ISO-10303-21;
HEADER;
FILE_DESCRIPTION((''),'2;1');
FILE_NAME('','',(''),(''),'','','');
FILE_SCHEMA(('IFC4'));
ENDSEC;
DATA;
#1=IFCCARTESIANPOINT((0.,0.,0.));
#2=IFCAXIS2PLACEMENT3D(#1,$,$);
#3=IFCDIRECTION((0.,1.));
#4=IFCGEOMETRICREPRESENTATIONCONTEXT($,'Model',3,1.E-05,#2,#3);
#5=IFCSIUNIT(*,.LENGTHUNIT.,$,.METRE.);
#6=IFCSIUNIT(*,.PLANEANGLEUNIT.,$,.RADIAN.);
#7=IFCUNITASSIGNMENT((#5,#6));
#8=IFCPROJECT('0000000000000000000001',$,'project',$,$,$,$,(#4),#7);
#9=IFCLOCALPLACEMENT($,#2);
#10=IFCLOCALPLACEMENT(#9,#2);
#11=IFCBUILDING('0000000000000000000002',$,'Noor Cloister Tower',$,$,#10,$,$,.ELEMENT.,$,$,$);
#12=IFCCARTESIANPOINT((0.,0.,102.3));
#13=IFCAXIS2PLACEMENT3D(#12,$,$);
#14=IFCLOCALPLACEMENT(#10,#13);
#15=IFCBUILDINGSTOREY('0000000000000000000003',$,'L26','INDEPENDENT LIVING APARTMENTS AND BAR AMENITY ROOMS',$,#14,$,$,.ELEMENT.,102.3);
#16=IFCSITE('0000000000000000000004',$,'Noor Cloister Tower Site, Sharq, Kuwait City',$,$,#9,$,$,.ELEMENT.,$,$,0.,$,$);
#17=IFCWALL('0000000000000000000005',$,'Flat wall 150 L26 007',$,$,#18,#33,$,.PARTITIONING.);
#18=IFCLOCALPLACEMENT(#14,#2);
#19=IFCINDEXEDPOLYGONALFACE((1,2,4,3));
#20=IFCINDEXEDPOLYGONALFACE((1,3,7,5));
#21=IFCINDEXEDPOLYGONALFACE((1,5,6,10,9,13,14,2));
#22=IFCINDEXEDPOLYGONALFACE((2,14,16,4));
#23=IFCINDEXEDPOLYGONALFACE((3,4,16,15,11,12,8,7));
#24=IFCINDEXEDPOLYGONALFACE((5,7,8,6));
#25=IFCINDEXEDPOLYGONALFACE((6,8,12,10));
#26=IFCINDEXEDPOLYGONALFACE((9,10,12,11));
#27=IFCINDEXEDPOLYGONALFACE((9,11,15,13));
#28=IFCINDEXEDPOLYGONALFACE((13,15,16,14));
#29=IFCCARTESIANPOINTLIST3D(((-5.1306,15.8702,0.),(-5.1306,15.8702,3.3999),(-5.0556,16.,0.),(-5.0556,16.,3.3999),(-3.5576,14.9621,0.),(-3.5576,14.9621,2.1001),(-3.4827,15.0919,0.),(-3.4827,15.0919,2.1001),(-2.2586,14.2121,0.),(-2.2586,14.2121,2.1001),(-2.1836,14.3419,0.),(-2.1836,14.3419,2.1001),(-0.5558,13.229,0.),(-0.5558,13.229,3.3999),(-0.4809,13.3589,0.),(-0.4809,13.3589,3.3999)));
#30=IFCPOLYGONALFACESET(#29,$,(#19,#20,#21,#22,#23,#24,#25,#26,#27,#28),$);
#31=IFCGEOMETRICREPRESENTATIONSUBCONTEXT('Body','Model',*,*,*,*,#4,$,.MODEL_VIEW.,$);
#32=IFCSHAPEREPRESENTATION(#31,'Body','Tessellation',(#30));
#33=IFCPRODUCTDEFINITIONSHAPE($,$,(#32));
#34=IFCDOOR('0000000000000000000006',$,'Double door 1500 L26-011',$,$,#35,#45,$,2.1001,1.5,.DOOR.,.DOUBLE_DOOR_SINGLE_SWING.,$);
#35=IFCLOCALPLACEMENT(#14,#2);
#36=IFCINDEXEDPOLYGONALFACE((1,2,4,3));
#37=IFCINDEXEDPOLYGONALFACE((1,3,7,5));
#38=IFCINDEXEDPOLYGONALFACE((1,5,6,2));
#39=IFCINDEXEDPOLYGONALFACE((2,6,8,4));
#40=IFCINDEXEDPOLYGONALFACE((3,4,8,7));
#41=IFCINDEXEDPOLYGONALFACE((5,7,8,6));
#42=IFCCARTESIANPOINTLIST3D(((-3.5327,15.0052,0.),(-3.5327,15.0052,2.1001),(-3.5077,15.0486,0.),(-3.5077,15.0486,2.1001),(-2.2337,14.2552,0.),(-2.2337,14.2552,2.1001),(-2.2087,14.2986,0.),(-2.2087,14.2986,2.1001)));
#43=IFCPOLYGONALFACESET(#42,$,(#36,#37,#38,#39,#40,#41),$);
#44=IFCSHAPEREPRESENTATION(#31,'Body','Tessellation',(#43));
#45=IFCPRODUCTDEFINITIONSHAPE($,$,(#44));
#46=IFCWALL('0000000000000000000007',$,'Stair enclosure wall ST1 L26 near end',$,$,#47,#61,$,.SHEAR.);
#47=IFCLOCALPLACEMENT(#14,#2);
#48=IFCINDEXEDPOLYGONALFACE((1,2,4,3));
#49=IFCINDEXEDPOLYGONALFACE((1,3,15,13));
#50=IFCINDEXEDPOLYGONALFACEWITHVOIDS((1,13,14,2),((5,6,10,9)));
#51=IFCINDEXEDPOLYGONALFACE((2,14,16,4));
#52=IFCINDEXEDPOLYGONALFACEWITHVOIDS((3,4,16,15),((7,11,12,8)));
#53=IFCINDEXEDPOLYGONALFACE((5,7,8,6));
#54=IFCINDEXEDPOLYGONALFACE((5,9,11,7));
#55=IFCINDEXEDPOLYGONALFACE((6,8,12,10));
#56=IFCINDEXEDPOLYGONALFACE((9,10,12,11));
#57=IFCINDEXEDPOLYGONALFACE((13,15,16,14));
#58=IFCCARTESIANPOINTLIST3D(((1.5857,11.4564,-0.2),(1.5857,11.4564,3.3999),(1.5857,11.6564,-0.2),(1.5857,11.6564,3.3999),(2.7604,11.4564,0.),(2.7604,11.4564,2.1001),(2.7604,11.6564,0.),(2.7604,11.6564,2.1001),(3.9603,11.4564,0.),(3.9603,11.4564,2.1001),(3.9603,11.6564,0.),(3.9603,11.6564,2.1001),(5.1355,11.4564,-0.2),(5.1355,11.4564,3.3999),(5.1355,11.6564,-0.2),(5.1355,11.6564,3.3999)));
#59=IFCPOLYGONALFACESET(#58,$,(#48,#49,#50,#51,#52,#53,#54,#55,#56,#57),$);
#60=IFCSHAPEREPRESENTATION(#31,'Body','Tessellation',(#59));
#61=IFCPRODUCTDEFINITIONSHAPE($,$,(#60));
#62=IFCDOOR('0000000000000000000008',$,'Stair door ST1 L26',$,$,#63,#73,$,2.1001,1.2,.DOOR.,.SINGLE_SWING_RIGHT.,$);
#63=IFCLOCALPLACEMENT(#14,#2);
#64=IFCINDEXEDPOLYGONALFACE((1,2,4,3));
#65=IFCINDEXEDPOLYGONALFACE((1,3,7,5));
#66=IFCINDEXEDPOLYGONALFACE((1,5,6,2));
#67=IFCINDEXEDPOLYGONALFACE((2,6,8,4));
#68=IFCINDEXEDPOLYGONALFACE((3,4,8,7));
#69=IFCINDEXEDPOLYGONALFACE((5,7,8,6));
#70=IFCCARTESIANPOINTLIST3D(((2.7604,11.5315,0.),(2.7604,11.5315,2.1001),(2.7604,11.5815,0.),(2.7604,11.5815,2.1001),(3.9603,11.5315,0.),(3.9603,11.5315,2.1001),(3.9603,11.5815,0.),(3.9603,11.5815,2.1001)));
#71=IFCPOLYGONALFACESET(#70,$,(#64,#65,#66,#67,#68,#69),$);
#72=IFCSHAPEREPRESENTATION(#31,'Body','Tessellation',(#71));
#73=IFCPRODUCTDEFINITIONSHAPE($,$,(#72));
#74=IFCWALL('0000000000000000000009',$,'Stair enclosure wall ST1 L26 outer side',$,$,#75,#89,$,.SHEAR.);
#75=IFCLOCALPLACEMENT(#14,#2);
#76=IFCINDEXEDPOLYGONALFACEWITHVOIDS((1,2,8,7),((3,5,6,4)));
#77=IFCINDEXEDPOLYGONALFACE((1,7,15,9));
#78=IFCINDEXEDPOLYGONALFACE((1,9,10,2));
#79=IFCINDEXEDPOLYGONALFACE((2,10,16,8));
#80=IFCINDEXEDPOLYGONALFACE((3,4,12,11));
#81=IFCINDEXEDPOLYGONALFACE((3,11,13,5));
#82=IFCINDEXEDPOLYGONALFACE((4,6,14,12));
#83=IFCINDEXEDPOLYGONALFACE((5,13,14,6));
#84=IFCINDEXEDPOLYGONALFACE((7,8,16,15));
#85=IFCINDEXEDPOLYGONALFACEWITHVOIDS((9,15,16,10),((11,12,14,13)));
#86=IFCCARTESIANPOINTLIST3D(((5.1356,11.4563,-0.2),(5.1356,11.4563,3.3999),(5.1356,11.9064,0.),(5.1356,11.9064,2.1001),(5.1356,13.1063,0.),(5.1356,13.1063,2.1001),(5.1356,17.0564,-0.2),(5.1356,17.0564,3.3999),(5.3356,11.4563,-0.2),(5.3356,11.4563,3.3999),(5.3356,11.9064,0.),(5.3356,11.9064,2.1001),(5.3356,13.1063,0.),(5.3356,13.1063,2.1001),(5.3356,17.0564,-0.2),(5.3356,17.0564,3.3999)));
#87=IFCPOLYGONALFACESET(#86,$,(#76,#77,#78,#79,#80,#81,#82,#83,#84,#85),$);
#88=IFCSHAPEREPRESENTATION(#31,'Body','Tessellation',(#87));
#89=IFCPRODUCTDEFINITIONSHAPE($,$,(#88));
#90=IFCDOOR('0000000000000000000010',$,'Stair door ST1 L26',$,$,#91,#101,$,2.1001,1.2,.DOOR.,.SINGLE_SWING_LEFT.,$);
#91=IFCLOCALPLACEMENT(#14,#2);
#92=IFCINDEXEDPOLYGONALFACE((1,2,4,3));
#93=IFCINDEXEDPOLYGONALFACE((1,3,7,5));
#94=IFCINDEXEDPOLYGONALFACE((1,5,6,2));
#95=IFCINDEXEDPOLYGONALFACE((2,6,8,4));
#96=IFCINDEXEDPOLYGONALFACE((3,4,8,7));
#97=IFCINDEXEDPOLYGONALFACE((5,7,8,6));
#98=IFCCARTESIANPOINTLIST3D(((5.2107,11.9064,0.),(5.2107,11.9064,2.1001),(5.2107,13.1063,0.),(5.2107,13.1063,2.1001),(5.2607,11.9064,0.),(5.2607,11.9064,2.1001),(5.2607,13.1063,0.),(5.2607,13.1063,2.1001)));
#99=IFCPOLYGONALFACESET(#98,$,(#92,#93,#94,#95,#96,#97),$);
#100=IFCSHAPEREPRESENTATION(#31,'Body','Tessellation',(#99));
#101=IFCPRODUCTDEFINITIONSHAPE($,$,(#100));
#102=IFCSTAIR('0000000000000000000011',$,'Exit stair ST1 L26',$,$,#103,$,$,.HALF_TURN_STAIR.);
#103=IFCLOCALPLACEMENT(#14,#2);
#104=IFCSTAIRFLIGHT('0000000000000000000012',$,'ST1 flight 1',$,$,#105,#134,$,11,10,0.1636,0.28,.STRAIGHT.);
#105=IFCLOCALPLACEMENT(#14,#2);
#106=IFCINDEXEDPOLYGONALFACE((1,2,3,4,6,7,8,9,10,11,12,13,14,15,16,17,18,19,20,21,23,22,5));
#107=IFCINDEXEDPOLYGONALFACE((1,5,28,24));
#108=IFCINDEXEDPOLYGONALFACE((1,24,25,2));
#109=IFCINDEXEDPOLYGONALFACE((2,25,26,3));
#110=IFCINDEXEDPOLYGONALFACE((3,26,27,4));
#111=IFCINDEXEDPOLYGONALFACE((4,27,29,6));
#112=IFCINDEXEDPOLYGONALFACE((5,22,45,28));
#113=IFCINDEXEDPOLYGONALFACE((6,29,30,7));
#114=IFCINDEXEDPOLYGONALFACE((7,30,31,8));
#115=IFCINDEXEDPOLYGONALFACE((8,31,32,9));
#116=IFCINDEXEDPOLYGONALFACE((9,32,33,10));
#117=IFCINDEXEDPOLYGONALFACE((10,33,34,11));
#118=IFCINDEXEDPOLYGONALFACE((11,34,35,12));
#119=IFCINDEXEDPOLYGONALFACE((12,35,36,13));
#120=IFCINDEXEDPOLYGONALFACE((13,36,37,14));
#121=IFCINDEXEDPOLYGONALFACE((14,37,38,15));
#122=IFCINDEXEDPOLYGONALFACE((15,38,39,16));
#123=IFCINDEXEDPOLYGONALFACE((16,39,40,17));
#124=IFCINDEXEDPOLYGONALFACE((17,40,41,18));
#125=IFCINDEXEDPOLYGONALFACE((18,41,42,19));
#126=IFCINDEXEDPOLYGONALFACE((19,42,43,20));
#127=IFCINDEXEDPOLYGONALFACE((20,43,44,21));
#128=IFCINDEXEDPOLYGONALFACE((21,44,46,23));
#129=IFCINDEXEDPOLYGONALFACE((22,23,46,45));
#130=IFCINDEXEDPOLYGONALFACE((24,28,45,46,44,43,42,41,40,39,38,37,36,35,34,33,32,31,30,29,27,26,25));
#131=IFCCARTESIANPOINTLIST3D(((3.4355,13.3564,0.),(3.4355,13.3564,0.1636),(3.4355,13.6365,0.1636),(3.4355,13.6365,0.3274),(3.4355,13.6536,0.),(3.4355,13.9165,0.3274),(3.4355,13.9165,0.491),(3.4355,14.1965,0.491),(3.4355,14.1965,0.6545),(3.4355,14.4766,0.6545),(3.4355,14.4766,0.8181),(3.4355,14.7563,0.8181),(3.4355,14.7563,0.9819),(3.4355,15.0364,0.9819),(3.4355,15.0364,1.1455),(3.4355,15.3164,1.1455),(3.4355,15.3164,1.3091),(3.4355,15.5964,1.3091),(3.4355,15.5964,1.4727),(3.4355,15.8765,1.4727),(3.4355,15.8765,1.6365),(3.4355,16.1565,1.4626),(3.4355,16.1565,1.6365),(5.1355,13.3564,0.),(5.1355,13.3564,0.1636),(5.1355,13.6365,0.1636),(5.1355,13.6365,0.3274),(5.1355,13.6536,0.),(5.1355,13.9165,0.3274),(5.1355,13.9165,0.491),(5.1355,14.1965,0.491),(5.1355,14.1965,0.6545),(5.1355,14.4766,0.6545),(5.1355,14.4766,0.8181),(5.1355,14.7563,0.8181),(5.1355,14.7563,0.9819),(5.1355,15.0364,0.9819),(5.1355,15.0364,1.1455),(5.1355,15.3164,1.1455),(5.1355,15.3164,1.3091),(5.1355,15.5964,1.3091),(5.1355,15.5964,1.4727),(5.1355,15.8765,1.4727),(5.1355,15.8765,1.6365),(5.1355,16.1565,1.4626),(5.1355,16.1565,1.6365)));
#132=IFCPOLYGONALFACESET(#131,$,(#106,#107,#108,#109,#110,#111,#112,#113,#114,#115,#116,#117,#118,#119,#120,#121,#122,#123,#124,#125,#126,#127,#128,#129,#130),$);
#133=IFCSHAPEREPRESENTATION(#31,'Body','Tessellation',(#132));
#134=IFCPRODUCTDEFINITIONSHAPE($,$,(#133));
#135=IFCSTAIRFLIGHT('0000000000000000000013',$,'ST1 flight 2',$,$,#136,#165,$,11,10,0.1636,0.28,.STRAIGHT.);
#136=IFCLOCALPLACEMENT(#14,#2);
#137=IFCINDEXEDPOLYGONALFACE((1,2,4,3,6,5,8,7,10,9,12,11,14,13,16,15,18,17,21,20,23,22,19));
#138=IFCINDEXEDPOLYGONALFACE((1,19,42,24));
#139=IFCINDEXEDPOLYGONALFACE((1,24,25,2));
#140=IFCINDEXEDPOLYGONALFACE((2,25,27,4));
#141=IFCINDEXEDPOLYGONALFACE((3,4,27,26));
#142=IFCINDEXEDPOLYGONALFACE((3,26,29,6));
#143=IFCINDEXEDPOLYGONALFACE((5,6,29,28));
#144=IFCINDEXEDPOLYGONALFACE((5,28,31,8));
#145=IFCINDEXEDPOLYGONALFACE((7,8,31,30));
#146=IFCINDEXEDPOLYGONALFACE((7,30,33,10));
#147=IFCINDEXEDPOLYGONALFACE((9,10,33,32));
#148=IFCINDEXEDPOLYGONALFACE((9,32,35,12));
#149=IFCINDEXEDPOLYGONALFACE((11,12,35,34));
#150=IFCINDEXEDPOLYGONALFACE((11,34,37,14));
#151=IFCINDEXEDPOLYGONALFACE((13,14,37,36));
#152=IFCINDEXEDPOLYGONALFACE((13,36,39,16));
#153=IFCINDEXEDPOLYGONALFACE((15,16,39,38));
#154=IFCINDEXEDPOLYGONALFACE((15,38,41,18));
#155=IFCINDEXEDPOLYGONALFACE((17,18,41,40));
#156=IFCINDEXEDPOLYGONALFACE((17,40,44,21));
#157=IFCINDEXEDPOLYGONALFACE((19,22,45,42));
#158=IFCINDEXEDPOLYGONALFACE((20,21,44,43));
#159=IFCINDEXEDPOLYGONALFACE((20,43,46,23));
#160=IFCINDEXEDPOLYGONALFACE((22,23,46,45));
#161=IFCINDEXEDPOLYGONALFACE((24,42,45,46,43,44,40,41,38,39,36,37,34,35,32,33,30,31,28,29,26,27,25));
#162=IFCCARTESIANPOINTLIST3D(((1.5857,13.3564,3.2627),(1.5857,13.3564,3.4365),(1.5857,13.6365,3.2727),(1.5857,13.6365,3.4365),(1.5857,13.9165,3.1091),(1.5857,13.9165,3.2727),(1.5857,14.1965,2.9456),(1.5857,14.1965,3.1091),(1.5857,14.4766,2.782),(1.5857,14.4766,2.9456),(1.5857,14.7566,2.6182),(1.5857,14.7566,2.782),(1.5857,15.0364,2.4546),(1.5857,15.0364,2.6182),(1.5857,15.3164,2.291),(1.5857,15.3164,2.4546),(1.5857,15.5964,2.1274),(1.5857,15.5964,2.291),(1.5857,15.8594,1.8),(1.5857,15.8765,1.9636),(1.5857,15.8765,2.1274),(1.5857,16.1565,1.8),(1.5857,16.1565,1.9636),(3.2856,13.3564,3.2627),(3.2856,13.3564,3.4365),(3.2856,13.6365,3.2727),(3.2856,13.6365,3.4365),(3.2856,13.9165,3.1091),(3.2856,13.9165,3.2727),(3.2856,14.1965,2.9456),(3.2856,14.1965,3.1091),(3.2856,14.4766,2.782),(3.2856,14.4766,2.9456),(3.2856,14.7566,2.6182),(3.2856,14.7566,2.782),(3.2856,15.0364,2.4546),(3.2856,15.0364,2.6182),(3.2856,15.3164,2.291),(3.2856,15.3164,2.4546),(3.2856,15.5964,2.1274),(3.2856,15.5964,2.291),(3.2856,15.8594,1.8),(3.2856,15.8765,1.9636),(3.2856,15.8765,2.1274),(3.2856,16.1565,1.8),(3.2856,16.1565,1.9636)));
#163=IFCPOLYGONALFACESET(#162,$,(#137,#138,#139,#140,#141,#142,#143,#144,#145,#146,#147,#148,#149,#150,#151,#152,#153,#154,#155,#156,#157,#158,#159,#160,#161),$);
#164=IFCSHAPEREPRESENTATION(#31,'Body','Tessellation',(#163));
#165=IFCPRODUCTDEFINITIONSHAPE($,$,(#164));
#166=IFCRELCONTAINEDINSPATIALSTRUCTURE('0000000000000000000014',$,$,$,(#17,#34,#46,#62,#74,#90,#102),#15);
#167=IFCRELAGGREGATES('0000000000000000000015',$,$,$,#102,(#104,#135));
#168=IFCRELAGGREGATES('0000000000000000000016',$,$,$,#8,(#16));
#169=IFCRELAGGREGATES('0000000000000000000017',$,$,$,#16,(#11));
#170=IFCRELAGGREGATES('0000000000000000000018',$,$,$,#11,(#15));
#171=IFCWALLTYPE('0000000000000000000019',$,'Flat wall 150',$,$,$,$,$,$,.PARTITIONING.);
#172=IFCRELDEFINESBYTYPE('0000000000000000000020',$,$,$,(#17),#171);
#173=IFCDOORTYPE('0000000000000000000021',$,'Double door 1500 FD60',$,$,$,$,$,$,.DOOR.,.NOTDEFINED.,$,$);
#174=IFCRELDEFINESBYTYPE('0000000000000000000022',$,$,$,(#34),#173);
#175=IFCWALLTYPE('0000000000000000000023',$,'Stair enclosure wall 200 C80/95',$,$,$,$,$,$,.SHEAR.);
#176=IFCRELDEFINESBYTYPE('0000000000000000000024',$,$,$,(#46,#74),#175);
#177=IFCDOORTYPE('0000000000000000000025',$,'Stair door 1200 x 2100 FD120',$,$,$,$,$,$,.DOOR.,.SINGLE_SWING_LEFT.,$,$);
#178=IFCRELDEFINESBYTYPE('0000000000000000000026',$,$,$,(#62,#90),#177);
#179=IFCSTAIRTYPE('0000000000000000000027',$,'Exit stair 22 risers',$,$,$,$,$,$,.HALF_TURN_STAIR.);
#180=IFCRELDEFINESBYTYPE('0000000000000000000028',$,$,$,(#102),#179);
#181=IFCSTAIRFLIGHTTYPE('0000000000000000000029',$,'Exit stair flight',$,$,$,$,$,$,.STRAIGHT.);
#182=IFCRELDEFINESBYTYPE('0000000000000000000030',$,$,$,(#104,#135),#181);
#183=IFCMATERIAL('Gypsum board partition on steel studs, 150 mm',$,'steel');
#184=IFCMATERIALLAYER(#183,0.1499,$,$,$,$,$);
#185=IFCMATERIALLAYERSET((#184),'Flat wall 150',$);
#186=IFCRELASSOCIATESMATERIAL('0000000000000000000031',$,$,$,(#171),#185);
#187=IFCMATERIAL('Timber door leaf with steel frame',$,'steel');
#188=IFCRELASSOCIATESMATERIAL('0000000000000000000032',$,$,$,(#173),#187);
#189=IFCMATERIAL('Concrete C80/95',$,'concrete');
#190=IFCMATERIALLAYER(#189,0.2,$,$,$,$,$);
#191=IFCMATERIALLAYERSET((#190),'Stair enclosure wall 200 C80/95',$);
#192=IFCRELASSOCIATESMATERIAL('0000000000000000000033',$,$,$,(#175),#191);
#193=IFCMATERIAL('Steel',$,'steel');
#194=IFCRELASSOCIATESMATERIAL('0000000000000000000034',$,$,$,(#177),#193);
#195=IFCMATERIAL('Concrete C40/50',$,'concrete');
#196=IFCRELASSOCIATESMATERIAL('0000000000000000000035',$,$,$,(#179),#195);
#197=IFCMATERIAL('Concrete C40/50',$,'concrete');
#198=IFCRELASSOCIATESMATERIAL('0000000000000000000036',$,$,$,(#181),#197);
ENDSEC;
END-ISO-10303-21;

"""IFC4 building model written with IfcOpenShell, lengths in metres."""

from ifc_helpers import new_model, si_unit, direction, frame, frame_2d, origin, place, context, subcontext, project, spatial, polyline, rectangle, outline, extrude, material, layer, layer_set, type_object, element, fill, aggregate, save


model = new_model("IFC4")

# Units and contexts
model_context = context("Model", 3, precision=1e-05, world=origin(), true_north=direction((0.0, 1.0)))
body_context = subcontext(model_context, "Body", "Model", "MODEL_VIEW")
ifc_project = project(units=[si_unit("LENGTHUNIT", "METRE"), si_unit("PLANEANGLEUNIT", "RADIAN")], contexts=[model_context])

# Site, building, storey
site_placement = place(None, origin())
site = spatial("IfcSite", under=ifc_project, at=site_placement, Name="Noor Cloister Tower Site, Sharq, Kuwait City", CompositionType="ELEMENT", RefElevation=0.0)
building_placement = place(site_placement, origin())
building = spatial("IfcBuilding", under=site, at=building_placement, Name="Noor Cloister Tower", CompositionType="ELEMENT")
storey_placement = place(building_placement, frame((0.0, 0.0, 102.3)))
storey = spatial("IfcBuildingStorey", under=building, at=storey_placement, Name="L26", Description="INDEPENDENT LIVING APARTMENTS AND BAR AMENITY ROOMS", CompositionType="ELEMENT", Elevation=102.3)

# Walls, openings, doors
ifc_material_1 = material(Name="Gypsum board partition on steel studs, 150 mm", Category="steel")
ifc_layer_1 = layer(ifc_material_1, 0.1499)
ifc_layer_set_1 = layer_set([ifc_layer_1], Name="Flat wall 150")
wall_type_1 = type_object("IfcWallType", Name="Flat wall 150", PredefinedType="PARTITIONING", material=ifc_layer_set_1)
wall_1_placement = place(storey_placement, frame((-5.093, 15.9351, 0.0), z_axis=(0.0, 0.0, 1.0), x_axis=(0.866033, -0.499987, 0.0)))
wall_1 = element("IfcWall", 1, at=wall_1_placement, inside=storey, type_object=wall_type_1, Name="Flat wall 150 L26 007", PredefinedType="PARTITIONING", context=body_context, shape_type="SweptSolid", body=[
    extrude(rectangle(XDim=5.2825, YDim=0.1499, at=frame_2d((2.6411, 0.0))), origin(), (0.0, 0.0, 1.0), 3.3999),
])
opening_1_placement = place(wall_1_placement, frame((1.8162, 0.0, 0.0)))
opening_1 = element("IfcOpeningElement", 2, at=opening_1_placement, cuts=wall_1, PredefinedType="OPENING", context=body_context, shape_type="SweptSolid", body=[
    extrude(rectangle(XDim=1.5, YDim=2.1001, at=frame_2d((0.75, 1.05))), frame((0.0, 0.085, 0.0), z_axis=(0.0, -1.0, 0.0), x_axis=(1.0, 0.0, 0.0)), (0.0, 0.0, 1.0), 0.1699),
])
ifc_material_2 = material(Name="Timber door leaf with steel frame", Category="steel")
door_type_1 = type_object("IfcDoorType", Name="Double door 1500 FD60", OperationType="NOTDEFINED", PredefinedType="DOOR", material=ifc_material_2)
door_1_placement = place(opening_1_placement, origin())
door_1 = element("IfcDoor", 3, at=door_1_placement, inside=storey, type_object=door_type_1, Name="Double door 1500 L26-011", OperationType="DOUBLE_DOOR_SINGLE_SWING", OverallHeight=2.1001, OverallWidth=1.5, PredefinedType="DOOR", context=body_context, shape_type="SweptSolid", body=[
    extrude(rectangle(XDim=1.5, YDim=2.1001, at=frame_2d((0.75, 1.05))), frame((0.0, 0.0249, 0.0), z_axis=(0.0, -1.0, 0.0), x_axis=(1.0, 0.0, 0.0)), (0.0, 0.0, 1.0), 0.05),
])
fill(opening_1, door_1)
ifc_material_3 = material(Name="Concrete C80/95", Category="concrete")
ifc_layer_2 = layer(ifc_material_3, 0.2)
ifc_layer_set_2 = layer_set([ifc_layer_2], Name="Stair enclosure wall 200 C80/95")
wall_type_2 = type_object("IfcWallType", Name="Stair enclosure wall 200 C80/95", PredefinedType="SHEAR", material=ifc_layer_set_2)
wall_2_placement = place(storey_placement, frame((5.1355, 11.5564, -0.2), z_axis=(0.0, 0.0, 1.0), x_axis=(-1.0, 0.0, 0.0)))
wall_2 = element("IfcWall", 4, at=wall_2_placement, inside=storey, type_object=wall_type_2, Name="Stair enclosure wall ST1 L26 near end", PredefinedType="SHEAR", context=body_context, shape_type="SweptSolid", body=[
    extrude(rectangle(XDim=3.5498, YDim=0.2, at=frame_2d((1.7749, 0.0))), origin(), (0.0, 0.0, 1.0), 3.5999),
])
opening_2_placement = place(wall_2_placement, frame((1.175, 0.0, 0.2)))
opening_2 = element("IfcOpeningElement", 5, at=opening_2_placement, cuts=wall_2, PredefinedType="OPENING", context=body_context, shape_type="SweptSolid", body=[
    extrude(rectangle(XDim=1.2, YDim=2.1001, at=frame_2d((0.6001, 1.05))), frame((0.0, 0.1099, 0.0), z_axis=(0.0, -1.0, 0.0), x_axis=(1.0, 0.0, 0.0)), (0.0, 0.0, 1.0), 0.22),
])
ifc_material_4 = material(Name="Steel", Category="steel")
door_type_2 = type_object("IfcDoorType", Name="Stair door 1200 x 2100 FD120", OperationType="SINGLE_SWING_LEFT", PredefinedType="DOOR", material=ifc_material_4)
door_2_placement = place(opening_2_placement, origin())
door_2 = element("IfcDoor", 6, at=door_2_placement, inside=storey, type_object=door_type_2, Name="Stair door ST1 L26", OperationType="SINGLE_SWING_RIGHT", OverallHeight=2.1001, OverallWidth=1.2, PredefinedType="DOOR", context=body_context, shape_type="SweptSolid", body=[
    extrude(rectangle(XDim=1.2, YDim=2.1001, at=frame_2d((0.6001, 1.05))), frame((0.0, 0.0249, 0.0), z_axis=(0.0, -1.0, 0.0), x_axis=(1.0, 0.0, 0.0)), (0.0, 0.0, 1.0), 0.05),
])
fill(opening_2, door_2)
wall_3_placement = place(storey_placement, frame((5.2356, 11.4563, -0.2), z_axis=(0.0, 0.0, 1.0), x_axis=(0.0, 1.0, 0.0)))
wall_3 = element("IfcWall", 7, at=wall_3_placement, inside=storey, type_object=wall_type_2, Name="Stair enclosure wall ST1 L26 outer side", PredefinedType="SHEAR", context=body_context, shape_type="SweptSolid", body=[
    extrude(rectangle(XDim=5.6001, YDim=0.2, at=frame_2d((2.8, 0.0))), origin(), (0.0, 0.0, 1.0), 3.5999),
])
opening_3_placement = place(wall_3_placement, frame((0.45, 0.0, 0.2)))
opening_3 = element("IfcOpeningElement", 8, at=opening_3_placement, cuts=wall_3, PredefinedType="OPENING", context=body_context, shape_type="SweptSolid", body=[
    extrude(rectangle(XDim=1.2, YDim=2.1001, at=frame_2d((0.6001, 1.05))), frame((0.0, 0.1099, 0.0), z_axis=(0.0, -1.0, 0.0), x_axis=(1.0, 0.0, 0.0)), (0.0, 0.0, 1.0), 0.22),
])
door_3_placement = place(opening_3_placement, origin())
door_3 = element("IfcDoor", 9, at=door_3_placement, inside=storey, type_object=door_type_2, Name="Stair door ST1 L26", OperationType="SINGLE_SWING_LEFT", OverallHeight=2.1001, OverallWidth=1.2, PredefinedType="DOOR", context=body_context, shape_type="SweptSolid", body=[
    extrude(rectangle(XDim=1.2, YDim=2.1001, at=frame_2d((0.6001, 1.05))), frame((0.0, 0.0249, 0.0), z_axis=(0.0, -1.0, 0.0), x_axis=(1.0, 0.0, 0.0)), (0.0, 0.0, 1.0), 0.05),
])
fill(opening_3, door_3)

# Stair, stair flights
ifc_material_5 = material(Name="Concrete C40/50", Category="concrete")
stair_type = type_object("IfcStairType", Name="Exit stair 22 risers", PredefinedType="HALF_TURN_STAIR", material=ifc_material_5)
stair_placement = place(storey_placement, origin())
stair = element("IfcStair", 10, at=stair_placement, inside=storey, type_object=stair_type, Name="Exit stair ST1 L26", PredefinedType="HALF_TURN_STAIR")
ifc_material_6 = material(Name="Concrete C40/50", Category="concrete")
stair_flight_type = type_object("IfcStairFlightType", Name="Exit stair flight", PredefinedType="STRAIGHT", material=ifc_material_6)
stair_flight_1_placement = place(storey_placement, frame((4.2856, 13.3564, 0.0), z_axis=(0.0, 0.0, 1.0), x_axis=(0.0, 1.0, 0.0)))
stair_flight_1 = element("IfcStairFlight", 11, at=stair_flight_1_placement, type_object=stair_flight_type, Name="ST1 flight 1", NumberOfRisers=11, NumberOfTreads=10, PredefinedType="STRAIGHT", RiserHeight=0.1636, TreadLength=0.28, context=body_context, shape_type="SweptSolid", body=[
    extrude(outline(polyline([(0.0, 0.0), (0.0, 0.1636), (0.28, 0.1636), (0.28, 0.3274), (0.5601, 0.3274), (0.5601, 0.491), (0.8401, 0.491), (0.8401, 0.6545), (1.1201, 0.6545), (1.1201, 0.8181), (1.3999, 0.8181), (1.3999, 0.9819), (1.6799, 0.9819), (1.6799, 1.1455), (1.96, 1.1455), (1.96, 1.3091), (2.24, 1.3091), (2.24, 1.4727), (2.52, 1.4727), (2.52, 1.6365), (2.8, 1.6365), (2.8, 1.8), (2.8, 1.4626), (0.2971, 0.0), (0.0, 0.0)])), frame((0.0, 0.8501, 0.0), z_axis=(0.0, -1.0, 0.0), x_axis=(1.0, 0.0, 0.0)), (0.0, 0.0, 1.0), 1.7),
])
stair_flight_2_placement = place(storey_placement, frame((2.4355, 16.1565, 1.8), z_axis=(0.0, 0.0, 1.0), x_axis=(0.0, -1.0, 0.0)))
stair_flight_2 = element("IfcStairFlight", 12, at=stair_flight_2_placement, type_object=stair_flight_type, Name="ST1 flight 2", NumberOfRisers=11, NumberOfTreads=10, PredefinedType="STRAIGHT", RiserHeight=0.1636, TreadLength=0.28, context=body_context, shape_type="SweptSolid", body=[
    extrude(outline(polyline([(0.0, 0.0), (0.0, 0.1636), (0.28, 0.1636), (0.28, 0.3274), (0.5601, 0.3274), (0.5601, 0.491), (0.8401, 0.491), (0.8401, 0.6545), (1.1201, 0.6545), (1.1201, 0.8181), (1.3999, 0.8181), (1.3999, 0.9819), (1.6799, 0.9819), (1.6799, 1.1455), (1.96, 1.1455), (1.96, 1.3091), (2.24, 1.3091), (2.24, 1.4727), (2.52, 1.4727), (2.52, 1.6365), (2.8, 1.6365), (2.8, 1.8), (2.8, 1.4626), (0.2971, 0.0), (0.0, 0.0)])), frame((0.0, 0.8501, 0.0), z_axis=(0.0, -1.0, 0.0), x_axis=(1.0, 0.0, 0.0)), (0.0, 0.0, 1.0), 1.7),
])
aggregate(stair, [stair_flight_1, stair_flight_2])

save(model, "model.ifc")
